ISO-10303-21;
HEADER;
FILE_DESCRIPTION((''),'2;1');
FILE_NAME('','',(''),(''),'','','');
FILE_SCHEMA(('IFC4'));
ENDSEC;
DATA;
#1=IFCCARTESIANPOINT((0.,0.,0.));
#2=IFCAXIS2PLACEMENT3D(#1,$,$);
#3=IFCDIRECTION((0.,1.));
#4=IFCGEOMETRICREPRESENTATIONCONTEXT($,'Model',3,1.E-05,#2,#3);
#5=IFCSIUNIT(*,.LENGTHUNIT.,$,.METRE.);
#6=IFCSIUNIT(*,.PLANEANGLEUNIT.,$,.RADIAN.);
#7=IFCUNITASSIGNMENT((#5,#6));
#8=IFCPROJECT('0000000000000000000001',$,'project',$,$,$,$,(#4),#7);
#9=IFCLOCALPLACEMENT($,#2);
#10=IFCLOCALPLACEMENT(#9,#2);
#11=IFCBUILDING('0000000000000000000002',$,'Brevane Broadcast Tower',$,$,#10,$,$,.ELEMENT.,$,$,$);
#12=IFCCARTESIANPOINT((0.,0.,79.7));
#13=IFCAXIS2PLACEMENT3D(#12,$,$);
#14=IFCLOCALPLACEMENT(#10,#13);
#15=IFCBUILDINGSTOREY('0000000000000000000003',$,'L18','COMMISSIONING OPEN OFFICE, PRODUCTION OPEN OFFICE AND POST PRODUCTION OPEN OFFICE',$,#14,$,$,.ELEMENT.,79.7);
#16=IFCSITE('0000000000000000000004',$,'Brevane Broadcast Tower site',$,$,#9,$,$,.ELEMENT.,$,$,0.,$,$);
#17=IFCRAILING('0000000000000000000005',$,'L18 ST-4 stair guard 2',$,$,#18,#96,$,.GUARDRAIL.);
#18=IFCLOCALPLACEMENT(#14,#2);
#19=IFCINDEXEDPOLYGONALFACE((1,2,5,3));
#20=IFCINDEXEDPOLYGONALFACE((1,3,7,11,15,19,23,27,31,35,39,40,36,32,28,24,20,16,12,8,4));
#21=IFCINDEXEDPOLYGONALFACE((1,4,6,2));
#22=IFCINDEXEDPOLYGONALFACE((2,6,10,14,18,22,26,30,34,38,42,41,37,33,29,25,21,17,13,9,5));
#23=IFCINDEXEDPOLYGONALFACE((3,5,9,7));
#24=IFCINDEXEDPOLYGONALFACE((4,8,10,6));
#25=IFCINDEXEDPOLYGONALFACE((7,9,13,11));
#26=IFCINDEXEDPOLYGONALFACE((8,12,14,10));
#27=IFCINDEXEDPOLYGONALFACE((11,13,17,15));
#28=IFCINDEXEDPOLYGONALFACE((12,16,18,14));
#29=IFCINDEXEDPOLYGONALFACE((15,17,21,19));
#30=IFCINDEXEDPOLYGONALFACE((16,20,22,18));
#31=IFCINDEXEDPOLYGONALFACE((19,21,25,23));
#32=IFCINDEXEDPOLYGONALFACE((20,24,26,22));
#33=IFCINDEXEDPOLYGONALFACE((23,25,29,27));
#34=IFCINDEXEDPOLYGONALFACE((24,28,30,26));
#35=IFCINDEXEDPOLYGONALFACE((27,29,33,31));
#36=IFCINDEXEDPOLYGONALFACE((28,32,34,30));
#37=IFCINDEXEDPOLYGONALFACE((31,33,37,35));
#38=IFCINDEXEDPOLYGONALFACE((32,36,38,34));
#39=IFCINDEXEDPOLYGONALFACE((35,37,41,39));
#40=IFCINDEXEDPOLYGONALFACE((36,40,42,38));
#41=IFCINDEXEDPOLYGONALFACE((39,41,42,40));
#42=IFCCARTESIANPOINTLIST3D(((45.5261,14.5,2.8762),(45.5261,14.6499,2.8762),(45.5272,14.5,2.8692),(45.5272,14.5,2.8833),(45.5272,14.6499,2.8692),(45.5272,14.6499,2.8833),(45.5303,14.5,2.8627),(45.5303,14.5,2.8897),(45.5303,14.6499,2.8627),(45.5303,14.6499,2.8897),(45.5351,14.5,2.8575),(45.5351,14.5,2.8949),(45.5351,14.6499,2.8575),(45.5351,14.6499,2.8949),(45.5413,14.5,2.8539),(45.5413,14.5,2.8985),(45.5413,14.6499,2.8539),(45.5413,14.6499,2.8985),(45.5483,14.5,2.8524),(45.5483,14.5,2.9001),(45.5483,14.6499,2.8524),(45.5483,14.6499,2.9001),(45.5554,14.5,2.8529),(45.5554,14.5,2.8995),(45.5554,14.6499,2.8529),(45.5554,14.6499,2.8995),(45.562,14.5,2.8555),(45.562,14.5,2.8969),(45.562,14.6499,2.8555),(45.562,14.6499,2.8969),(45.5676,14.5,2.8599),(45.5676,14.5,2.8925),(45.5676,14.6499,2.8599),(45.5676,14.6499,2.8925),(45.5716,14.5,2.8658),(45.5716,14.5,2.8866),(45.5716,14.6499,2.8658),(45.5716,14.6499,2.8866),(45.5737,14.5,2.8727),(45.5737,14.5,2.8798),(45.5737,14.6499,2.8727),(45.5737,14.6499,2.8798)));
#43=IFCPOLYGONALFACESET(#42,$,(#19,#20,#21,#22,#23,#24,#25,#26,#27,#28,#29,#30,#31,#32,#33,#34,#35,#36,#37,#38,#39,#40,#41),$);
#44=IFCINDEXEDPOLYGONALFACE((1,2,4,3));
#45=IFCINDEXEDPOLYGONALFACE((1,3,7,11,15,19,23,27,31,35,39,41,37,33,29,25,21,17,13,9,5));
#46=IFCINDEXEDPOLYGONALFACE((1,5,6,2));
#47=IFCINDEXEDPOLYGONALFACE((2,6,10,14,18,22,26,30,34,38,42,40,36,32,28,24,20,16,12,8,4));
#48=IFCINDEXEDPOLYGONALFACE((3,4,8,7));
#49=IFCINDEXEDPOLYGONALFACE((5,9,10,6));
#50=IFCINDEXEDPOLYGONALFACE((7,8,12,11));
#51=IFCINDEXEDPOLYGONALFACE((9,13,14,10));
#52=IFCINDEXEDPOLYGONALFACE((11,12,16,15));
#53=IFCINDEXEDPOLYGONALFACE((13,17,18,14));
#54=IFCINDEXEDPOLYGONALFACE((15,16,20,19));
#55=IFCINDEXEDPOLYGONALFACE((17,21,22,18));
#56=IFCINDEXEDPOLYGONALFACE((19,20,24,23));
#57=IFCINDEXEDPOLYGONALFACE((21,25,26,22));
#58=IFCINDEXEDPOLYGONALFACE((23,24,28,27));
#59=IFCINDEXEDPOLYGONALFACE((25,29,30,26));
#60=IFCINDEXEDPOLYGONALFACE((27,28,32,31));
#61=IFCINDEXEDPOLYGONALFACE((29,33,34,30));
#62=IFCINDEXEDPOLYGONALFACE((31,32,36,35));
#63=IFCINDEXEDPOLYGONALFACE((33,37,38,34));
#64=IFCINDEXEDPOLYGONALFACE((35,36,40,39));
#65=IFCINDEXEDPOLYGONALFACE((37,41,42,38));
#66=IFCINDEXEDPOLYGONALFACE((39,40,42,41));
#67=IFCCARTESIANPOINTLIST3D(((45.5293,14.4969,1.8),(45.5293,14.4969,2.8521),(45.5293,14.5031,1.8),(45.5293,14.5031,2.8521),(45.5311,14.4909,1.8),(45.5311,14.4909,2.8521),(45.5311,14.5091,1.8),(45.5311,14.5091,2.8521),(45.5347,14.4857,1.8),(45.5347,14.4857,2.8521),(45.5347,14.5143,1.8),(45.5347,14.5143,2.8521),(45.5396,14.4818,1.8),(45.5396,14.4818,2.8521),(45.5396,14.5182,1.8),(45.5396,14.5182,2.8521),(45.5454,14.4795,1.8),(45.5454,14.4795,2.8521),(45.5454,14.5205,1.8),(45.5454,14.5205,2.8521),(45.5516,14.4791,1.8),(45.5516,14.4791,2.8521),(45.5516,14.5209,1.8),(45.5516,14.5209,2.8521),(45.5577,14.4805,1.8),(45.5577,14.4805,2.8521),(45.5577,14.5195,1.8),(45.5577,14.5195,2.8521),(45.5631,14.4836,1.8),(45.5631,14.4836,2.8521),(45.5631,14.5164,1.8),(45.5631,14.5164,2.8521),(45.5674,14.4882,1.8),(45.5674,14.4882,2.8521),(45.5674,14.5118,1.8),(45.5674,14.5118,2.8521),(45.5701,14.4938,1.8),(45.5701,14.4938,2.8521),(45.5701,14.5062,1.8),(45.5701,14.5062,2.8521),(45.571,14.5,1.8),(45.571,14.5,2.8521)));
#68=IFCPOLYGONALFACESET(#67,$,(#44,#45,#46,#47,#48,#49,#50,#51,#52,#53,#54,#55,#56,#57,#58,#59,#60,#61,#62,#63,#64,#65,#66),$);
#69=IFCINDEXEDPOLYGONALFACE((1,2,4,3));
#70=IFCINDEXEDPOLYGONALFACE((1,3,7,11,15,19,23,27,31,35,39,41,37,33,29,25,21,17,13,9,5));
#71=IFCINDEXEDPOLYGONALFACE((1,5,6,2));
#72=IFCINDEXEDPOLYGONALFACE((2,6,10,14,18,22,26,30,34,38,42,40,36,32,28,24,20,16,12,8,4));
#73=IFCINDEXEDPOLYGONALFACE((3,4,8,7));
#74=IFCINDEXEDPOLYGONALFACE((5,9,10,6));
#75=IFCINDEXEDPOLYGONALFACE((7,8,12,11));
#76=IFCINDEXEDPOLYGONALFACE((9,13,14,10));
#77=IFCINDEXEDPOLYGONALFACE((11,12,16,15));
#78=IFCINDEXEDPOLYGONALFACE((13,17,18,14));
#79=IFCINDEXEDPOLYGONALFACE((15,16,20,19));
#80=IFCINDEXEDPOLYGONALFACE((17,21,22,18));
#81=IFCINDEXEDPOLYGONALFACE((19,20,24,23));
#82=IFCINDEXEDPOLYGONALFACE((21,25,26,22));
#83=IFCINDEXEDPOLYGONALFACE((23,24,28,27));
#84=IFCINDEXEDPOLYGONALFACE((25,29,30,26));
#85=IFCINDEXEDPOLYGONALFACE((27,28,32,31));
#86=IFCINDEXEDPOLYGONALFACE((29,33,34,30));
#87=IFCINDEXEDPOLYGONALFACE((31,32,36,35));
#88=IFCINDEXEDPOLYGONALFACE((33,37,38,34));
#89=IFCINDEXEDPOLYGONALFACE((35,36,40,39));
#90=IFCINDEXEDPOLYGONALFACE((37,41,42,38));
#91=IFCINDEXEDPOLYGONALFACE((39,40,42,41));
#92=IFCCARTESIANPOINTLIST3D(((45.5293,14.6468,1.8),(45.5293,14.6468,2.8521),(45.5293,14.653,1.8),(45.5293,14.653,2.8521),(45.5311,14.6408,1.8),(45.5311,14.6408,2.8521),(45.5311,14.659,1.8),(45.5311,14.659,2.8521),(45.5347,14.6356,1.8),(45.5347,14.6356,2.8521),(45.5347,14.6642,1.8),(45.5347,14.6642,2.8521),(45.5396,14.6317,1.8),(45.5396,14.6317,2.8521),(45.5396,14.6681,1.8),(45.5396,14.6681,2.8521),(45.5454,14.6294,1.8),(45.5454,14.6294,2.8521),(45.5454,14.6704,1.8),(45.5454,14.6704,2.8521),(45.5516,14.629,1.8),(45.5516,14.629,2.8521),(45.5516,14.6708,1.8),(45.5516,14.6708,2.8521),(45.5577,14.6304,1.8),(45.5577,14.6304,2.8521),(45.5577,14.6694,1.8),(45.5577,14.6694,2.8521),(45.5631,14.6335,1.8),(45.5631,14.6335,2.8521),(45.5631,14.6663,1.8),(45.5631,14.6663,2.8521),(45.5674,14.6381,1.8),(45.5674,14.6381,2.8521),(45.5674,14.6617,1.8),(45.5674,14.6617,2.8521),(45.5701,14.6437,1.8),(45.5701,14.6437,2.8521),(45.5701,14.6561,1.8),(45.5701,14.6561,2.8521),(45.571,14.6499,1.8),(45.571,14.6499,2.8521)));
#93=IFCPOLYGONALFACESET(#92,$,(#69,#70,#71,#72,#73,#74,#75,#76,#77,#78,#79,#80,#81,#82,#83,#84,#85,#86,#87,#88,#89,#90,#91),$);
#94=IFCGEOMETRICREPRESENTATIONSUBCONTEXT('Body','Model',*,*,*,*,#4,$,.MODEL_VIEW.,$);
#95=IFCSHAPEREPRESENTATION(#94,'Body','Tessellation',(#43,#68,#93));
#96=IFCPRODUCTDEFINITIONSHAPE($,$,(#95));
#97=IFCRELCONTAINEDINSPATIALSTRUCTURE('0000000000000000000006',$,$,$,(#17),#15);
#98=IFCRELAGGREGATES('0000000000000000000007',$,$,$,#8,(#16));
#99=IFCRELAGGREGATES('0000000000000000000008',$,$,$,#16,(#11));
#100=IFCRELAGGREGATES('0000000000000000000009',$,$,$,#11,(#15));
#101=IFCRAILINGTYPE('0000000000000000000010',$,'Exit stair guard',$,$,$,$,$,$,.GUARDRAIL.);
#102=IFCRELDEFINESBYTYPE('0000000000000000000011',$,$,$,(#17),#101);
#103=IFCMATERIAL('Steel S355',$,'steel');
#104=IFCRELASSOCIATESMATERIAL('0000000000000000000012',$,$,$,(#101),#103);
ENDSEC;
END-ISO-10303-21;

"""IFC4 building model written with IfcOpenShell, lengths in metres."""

from ifc_helpers import new_model, si_unit, direction, frame, origin, origin_2d, place, context, subcontext, project, spatial, circle, extrude, material, type_object, element, save


model = new_model("IFC4")

# Units and contexts
model_context = context("Model", 3, precision=1e-05, world=origin(), true_north=direction((0.0, 1.0)))
body_context = subcontext(model_context, "Body", "Model", "MODEL_VIEW")
ifc_project = project(units=[si_unit("LENGTHUNIT", "METRE"), si_unit("PLANEANGLEUNIT", "RADIAN")], contexts=[model_context])

# Site, building, storey
site_placement = place(None, origin())
site = spatial("IfcSite", under=ifc_project, at=site_placement, Name="Brevane Broadcast Tower site", CompositionType="ELEMENT", RefElevation=0.0)
building_placement = place(site_placement, origin())
building = spatial("IfcBuilding", under=site, at=building_placement, Name="Brevane Broadcast Tower", CompositionType="ELEMENT")
storey_placement = place(building_placement, frame((0.0, 0.0, 79.7)))
storey = spatial("IfcBuildingStorey", under=building, at=storey_placement, Name="L18", Description="COMMISSIONING OPEN OFFICE, PRODUCTION OPEN OFFICE AND POST PRODUCTION OPEN OFFICE", CompositionType="ELEMENT", Elevation=79.7)

# Railing
ifc_material_1 = material(Name="Steel S355", Category="steel")
railing_type_1 = type_object("IfcRailingType", Name="Exit stair guard", PredefinedType="GUARDRAIL", material=ifc_material_1)
railing_1_placement = place(storey_placement, frame((45.55, 14.5, 1.8)))
element("IfcRailing", 1, at=railing_1_placement, inside=storey, type_object=railing_type_1, Name="L18 ST-4 stair guard 2", PredefinedType="GUARDRAIL", context=body_context, shape_type="SweptSolid", body=[
    extrude(circle(Radius=0.0239, at=origin_2d()), frame((0.0, 0.0, 1.0762), z_axis=(0.0, 1.0, 0.0), x_axis=(-1.0, 0.0, 0.0)), (0.0, 0.0, 1.0), 0.1499),
    extrude(circle(Radius=0.021, at=origin_2d()), origin(), (0.0, 0.0, 1.0), 1.052),
    extrude(circle(Radius=0.021, at=origin_2d()), frame((0.0, 0.1499, 0.0)), (0.0, 0.0, 1.0), 1.052),
])

save(model, "model.ifc")
